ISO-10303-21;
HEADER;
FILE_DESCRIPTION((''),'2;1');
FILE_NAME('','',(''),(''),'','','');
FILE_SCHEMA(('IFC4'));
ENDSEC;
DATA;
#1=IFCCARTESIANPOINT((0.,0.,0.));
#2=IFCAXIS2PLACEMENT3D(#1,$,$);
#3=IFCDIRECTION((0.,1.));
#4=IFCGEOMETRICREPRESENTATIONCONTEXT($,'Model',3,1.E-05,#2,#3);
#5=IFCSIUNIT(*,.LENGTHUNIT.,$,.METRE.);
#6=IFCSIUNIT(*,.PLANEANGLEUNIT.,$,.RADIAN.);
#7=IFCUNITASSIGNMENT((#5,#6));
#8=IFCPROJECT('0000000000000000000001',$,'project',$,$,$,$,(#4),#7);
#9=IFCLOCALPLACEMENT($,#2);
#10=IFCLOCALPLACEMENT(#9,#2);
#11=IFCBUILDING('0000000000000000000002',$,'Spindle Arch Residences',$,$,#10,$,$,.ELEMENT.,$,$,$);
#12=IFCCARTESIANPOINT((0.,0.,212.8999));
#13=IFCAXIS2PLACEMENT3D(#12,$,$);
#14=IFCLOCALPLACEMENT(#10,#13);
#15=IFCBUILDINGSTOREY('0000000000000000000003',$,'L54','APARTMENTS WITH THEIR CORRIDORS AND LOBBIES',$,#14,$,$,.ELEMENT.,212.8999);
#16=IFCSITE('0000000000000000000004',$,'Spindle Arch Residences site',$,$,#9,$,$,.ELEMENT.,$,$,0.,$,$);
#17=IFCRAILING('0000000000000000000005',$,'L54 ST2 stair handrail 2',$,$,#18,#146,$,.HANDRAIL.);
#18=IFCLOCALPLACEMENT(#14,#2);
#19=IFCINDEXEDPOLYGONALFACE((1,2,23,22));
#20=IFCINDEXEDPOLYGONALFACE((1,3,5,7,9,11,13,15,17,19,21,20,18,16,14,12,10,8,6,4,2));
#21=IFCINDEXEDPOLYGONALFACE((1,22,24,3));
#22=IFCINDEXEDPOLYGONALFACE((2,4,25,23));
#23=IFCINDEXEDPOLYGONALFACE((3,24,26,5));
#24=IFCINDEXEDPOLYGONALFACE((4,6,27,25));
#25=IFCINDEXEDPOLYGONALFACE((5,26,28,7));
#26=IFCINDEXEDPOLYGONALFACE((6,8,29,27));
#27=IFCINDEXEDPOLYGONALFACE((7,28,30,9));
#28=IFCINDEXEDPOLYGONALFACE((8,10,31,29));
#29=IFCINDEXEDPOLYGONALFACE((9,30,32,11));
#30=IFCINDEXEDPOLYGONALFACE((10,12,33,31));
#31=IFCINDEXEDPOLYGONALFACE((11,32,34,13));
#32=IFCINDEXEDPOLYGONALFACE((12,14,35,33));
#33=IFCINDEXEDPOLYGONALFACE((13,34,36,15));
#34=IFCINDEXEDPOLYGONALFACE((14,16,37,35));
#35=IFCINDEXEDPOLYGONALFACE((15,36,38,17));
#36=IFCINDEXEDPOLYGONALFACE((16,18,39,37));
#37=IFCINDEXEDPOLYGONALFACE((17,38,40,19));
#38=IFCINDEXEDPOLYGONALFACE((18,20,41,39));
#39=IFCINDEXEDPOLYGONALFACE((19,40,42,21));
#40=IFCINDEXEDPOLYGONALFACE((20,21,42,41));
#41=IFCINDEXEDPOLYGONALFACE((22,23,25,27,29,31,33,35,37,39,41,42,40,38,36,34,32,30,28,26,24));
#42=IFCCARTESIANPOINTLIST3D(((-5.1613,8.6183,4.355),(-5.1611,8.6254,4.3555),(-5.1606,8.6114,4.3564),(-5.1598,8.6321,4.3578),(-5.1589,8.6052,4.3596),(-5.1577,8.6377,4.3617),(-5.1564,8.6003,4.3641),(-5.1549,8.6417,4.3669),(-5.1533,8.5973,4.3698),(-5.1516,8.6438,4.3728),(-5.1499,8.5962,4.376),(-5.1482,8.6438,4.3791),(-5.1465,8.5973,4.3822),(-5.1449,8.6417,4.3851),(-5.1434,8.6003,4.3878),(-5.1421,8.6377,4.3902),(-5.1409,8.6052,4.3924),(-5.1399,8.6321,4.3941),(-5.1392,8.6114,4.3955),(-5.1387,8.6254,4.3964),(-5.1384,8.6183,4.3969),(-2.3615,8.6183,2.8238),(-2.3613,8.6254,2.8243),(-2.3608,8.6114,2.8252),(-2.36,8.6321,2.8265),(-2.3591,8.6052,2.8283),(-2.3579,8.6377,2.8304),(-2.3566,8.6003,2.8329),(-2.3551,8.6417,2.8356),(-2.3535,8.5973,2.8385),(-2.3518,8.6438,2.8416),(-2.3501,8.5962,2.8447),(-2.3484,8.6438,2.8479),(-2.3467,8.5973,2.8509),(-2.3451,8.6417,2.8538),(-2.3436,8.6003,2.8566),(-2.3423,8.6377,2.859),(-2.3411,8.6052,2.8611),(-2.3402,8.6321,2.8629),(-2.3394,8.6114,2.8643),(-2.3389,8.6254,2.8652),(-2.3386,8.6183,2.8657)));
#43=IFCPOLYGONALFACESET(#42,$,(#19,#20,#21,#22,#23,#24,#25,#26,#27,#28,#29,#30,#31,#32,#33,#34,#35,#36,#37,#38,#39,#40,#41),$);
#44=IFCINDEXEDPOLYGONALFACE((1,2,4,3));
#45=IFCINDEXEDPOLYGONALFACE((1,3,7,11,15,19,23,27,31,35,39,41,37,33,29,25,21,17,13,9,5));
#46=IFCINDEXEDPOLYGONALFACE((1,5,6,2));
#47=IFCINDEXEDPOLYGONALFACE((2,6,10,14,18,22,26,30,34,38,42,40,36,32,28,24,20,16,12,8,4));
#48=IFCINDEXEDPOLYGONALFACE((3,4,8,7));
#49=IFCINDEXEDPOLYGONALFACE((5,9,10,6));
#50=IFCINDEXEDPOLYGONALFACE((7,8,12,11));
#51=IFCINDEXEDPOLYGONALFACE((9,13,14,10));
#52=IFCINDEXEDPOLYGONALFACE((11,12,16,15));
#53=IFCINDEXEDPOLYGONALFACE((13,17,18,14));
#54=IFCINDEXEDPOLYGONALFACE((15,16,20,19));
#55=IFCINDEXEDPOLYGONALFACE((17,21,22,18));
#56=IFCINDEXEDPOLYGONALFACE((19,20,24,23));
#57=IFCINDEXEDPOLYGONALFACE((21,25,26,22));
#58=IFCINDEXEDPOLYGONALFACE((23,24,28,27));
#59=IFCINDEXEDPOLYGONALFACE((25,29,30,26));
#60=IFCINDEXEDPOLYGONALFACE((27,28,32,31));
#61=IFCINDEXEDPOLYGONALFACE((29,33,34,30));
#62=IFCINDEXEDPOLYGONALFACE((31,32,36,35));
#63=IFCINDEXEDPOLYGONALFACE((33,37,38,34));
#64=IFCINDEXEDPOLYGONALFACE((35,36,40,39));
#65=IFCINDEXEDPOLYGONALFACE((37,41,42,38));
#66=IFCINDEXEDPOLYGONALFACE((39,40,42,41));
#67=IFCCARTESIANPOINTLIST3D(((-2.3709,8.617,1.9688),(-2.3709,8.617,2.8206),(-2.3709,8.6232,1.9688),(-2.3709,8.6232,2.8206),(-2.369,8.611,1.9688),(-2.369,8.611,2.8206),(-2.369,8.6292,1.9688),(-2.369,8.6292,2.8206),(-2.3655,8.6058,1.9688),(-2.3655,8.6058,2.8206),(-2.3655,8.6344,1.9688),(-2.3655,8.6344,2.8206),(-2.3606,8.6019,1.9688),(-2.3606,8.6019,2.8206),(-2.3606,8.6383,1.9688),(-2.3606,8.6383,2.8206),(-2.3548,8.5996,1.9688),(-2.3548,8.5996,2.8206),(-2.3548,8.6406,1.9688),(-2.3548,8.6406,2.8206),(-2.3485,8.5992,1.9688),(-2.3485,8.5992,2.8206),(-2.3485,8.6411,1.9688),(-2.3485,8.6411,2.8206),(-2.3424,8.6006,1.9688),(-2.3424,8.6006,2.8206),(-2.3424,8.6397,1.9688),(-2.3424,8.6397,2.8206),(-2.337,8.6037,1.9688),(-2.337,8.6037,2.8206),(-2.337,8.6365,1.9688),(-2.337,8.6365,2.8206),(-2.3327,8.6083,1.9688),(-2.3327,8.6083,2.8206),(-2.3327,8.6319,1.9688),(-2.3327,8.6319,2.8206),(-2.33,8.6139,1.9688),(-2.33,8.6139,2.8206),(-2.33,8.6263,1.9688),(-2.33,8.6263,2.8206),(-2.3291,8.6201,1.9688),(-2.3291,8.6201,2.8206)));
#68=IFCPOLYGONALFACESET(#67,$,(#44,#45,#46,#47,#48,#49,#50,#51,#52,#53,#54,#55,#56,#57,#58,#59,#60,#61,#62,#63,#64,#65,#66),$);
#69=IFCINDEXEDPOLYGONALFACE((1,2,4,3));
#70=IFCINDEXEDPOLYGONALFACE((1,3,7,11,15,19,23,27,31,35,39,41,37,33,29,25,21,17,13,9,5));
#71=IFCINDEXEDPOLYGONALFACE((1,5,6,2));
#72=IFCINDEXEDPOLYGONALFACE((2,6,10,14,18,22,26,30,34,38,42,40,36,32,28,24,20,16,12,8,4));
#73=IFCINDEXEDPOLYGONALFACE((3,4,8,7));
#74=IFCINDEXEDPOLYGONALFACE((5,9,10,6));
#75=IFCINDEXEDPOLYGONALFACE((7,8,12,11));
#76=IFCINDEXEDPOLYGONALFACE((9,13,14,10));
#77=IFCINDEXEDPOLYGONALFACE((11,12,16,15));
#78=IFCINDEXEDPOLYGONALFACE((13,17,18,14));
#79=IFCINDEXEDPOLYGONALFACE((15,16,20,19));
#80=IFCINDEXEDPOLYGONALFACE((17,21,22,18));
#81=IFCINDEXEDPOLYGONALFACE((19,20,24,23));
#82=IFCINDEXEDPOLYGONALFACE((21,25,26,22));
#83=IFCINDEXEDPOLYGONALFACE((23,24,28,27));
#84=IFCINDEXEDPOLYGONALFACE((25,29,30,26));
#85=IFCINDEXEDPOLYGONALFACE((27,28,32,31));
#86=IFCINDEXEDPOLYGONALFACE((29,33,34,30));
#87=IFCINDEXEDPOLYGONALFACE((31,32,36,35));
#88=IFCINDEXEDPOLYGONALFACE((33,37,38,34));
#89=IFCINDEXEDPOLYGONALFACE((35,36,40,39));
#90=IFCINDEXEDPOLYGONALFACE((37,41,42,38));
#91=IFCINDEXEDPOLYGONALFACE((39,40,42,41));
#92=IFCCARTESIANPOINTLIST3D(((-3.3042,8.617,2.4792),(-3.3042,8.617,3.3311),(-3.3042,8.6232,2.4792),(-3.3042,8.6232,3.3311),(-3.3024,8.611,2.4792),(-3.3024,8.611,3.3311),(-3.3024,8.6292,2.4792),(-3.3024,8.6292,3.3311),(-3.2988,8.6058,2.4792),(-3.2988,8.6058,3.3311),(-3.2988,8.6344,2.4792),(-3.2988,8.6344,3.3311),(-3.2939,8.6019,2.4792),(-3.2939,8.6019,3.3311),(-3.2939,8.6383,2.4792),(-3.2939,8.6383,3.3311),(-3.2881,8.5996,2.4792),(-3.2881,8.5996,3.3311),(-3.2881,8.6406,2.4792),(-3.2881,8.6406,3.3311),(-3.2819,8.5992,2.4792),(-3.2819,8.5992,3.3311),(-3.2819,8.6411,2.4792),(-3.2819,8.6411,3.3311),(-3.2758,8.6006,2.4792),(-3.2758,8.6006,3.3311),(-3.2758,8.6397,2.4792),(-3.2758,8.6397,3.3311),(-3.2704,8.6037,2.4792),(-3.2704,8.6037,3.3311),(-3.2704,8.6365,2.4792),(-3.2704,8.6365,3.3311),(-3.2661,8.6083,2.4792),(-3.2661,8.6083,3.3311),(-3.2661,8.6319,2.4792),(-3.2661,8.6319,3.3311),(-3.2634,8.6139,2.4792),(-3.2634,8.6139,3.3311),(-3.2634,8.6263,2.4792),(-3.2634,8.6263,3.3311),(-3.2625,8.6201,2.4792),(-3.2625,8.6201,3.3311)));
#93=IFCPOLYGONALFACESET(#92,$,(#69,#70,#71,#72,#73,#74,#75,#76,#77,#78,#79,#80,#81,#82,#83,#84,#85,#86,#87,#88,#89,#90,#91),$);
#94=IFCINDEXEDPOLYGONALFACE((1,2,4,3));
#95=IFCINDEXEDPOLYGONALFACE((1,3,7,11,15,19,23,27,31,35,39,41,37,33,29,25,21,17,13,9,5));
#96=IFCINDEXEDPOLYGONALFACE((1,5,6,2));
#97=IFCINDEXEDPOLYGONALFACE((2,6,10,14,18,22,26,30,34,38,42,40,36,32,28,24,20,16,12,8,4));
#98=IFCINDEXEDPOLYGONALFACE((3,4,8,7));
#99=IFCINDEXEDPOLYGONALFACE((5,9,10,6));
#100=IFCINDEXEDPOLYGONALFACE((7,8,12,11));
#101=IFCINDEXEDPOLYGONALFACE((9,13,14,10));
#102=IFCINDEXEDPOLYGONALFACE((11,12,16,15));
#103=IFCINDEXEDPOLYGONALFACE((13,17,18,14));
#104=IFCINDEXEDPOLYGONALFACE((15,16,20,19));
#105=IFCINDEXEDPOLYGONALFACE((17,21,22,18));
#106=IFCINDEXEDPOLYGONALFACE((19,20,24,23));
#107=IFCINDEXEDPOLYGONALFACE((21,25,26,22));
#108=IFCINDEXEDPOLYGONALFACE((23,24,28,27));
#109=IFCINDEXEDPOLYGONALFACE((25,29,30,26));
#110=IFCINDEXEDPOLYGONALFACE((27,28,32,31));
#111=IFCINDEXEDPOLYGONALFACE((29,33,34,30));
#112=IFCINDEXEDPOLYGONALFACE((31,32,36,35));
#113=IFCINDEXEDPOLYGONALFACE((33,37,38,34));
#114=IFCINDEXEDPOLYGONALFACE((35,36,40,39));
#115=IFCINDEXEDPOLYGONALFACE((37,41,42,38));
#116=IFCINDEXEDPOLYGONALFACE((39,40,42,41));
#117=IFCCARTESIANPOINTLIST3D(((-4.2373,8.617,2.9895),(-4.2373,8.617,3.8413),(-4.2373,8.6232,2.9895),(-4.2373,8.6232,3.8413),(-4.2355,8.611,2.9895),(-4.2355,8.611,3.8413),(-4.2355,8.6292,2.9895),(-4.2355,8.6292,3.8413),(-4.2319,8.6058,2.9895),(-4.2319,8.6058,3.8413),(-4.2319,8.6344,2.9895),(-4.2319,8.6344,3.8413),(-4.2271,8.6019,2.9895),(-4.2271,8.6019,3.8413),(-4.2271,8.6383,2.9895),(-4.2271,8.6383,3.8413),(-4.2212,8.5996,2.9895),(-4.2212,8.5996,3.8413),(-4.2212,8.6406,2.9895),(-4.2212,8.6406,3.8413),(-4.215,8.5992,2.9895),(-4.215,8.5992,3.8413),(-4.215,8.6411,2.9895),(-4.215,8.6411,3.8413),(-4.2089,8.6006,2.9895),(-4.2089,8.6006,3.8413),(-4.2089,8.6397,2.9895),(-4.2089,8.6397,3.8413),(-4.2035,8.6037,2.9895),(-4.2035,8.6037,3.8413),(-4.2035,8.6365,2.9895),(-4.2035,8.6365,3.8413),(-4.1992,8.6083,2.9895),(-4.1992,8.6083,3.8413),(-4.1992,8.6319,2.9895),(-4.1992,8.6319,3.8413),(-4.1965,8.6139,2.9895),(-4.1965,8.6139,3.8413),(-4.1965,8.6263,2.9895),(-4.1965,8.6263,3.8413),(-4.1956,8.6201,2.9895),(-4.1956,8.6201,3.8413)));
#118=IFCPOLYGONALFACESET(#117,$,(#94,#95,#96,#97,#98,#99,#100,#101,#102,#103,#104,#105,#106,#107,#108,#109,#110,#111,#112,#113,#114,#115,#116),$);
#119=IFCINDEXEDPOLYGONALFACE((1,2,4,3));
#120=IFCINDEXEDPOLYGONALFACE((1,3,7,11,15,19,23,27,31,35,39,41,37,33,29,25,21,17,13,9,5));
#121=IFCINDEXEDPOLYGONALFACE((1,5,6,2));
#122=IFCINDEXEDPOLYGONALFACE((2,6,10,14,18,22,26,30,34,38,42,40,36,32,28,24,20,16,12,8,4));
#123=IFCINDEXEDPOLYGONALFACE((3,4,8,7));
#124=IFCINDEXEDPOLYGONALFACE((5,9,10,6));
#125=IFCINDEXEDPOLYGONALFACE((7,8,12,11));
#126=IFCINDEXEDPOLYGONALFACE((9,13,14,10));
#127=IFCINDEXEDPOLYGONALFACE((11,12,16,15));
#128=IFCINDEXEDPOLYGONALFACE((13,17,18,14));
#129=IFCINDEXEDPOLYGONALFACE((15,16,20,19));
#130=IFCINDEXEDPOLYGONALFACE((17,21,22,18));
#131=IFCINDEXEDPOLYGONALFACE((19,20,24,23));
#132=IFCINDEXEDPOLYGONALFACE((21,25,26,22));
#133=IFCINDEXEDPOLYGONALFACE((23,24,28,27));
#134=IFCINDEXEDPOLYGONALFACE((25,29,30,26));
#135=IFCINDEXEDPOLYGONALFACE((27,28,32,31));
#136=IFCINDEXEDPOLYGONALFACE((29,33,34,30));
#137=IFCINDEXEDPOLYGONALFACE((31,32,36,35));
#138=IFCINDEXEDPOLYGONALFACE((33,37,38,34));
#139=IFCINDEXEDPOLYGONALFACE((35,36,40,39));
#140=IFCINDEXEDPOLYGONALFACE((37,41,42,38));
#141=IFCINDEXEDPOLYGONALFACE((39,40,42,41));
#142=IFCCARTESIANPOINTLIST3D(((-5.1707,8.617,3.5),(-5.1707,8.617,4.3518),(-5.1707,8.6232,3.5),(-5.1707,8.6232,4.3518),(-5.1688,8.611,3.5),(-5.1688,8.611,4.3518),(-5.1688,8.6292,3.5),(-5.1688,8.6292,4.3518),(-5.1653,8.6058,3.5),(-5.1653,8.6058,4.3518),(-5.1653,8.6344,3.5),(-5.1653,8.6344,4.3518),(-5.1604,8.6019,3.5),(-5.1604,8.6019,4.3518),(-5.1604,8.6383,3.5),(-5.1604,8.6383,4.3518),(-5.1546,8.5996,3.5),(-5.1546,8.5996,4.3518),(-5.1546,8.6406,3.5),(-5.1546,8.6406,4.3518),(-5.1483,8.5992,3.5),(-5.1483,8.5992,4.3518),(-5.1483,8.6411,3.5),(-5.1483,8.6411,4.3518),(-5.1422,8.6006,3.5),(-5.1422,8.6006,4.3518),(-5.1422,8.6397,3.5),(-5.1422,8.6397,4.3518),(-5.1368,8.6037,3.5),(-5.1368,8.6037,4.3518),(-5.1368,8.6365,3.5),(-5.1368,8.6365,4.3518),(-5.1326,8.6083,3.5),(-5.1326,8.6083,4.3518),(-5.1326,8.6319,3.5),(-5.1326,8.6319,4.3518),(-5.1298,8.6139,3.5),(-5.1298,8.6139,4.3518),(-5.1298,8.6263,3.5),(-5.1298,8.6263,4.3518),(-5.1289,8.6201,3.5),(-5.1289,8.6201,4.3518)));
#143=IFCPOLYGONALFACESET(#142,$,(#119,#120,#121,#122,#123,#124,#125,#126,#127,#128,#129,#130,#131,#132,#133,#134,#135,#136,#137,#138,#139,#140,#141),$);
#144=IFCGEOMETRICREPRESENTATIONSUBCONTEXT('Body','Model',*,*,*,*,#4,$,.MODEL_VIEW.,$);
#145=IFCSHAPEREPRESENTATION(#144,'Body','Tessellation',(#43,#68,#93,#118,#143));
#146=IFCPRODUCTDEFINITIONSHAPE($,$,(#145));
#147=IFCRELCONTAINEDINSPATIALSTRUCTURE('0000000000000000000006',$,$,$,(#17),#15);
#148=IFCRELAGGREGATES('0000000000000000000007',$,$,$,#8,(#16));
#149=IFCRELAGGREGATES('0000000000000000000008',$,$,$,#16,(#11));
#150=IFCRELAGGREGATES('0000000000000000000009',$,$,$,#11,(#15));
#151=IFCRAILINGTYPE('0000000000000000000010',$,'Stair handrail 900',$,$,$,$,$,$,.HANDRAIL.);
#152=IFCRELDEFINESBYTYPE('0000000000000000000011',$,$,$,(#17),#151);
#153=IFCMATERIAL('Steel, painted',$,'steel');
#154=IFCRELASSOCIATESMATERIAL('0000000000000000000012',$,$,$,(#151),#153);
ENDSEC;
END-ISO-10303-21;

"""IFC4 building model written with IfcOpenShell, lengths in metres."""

from ifc_helpers import new_model, si_unit, direction, frame, origin, origin_2d, place, context, subcontext, project, spatial, circle, extrude, material, type_object, element, save


model = new_model("IFC4")

# Units and contexts
model_context = context("Model", 3, precision=1e-05, world=origin(), true_north=direction((0.0, 1.0)))
body_context = subcontext(model_context, "Body", "Model", "MODEL_VIEW")
ifc_project = project(units=[si_unit("LENGTHUNIT", "METRE"), si_unit("PLANEANGLEUNIT", "RADIAN")], contexts=[model_context])

# Site, building, storey
site_placement = place(None, origin())
site = spatial("IfcSite", under=ifc_project, at=site_placement, Name="Spindle Arch Residences site", CompositionType="ELEMENT", RefElevation=0.0)
building_placement = place(site_placement, origin())
building = spatial("IfcBuilding", under=site, at=building_placement, Name="Spindle Arch Residences", CompositionType="ELEMENT")
storey_placement = place(building_placement, frame((0.0, 0.0, 212.8999)))
storey = spatial("IfcBuildingStorey", under=building, at=storey_placement, Name="L54", Description="APARTMENTS WITH THEIR CORRIDORS AND LOBBIES", CompositionType="ELEMENT", Elevation=212.8999)

# Railing
ifc_material_1 = material(Name="Steel, painted", Category="steel")
railing_type_1 = type_object("IfcRailingType", Name="Stair handrail 900", PredefinedType="HANDRAIL", material=ifc_material_1)
railing_1_placement = place(storey_placement, frame((-2.3501, 8.6201, 1.9688)))
element("IfcRailing", 1, at=railing_1_placement, inside=storey, type_object=railing_type_1, Name="L54 ST2 stair handrail 2", PredefinedType="HANDRAIL", context=body_context, shape_type="SweptSolid", body=[
    extrude(circle(Radius=0.0239, at=origin_2d()), frame((0.0, 0.0, 0.876), z_axis=(-0.877357, 0.0, 0.479838), x_axis=(0.0, -1.0, 0.0)), (0.0, 0.0, 1.0), 3.1912),
    extrude(circle(Radius=0.021, at=origin_2d()), origin(), (0.0, 0.0, 1.0), 0.8518),
    extrude(circle(Radius=0.021, at=origin_2d()), frame((-0.9333, 0.0, 0.5105)), (0.0, 0.0, 1.0), 0.8518),
    extrude(circle(Radius=0.021, at=origin_2d()), frame((-1.8665, 0.0, 1.0208)), (0.0, 0.0, 1.0), 0.8518),
    extrude(circle(Radius=0.021, at=origin_2d()), frame((-2.7998, 0.0, 1.5312)), (0.0, 0.0, 1.0), 0.8518),
])

save(model, "model.ifc")
